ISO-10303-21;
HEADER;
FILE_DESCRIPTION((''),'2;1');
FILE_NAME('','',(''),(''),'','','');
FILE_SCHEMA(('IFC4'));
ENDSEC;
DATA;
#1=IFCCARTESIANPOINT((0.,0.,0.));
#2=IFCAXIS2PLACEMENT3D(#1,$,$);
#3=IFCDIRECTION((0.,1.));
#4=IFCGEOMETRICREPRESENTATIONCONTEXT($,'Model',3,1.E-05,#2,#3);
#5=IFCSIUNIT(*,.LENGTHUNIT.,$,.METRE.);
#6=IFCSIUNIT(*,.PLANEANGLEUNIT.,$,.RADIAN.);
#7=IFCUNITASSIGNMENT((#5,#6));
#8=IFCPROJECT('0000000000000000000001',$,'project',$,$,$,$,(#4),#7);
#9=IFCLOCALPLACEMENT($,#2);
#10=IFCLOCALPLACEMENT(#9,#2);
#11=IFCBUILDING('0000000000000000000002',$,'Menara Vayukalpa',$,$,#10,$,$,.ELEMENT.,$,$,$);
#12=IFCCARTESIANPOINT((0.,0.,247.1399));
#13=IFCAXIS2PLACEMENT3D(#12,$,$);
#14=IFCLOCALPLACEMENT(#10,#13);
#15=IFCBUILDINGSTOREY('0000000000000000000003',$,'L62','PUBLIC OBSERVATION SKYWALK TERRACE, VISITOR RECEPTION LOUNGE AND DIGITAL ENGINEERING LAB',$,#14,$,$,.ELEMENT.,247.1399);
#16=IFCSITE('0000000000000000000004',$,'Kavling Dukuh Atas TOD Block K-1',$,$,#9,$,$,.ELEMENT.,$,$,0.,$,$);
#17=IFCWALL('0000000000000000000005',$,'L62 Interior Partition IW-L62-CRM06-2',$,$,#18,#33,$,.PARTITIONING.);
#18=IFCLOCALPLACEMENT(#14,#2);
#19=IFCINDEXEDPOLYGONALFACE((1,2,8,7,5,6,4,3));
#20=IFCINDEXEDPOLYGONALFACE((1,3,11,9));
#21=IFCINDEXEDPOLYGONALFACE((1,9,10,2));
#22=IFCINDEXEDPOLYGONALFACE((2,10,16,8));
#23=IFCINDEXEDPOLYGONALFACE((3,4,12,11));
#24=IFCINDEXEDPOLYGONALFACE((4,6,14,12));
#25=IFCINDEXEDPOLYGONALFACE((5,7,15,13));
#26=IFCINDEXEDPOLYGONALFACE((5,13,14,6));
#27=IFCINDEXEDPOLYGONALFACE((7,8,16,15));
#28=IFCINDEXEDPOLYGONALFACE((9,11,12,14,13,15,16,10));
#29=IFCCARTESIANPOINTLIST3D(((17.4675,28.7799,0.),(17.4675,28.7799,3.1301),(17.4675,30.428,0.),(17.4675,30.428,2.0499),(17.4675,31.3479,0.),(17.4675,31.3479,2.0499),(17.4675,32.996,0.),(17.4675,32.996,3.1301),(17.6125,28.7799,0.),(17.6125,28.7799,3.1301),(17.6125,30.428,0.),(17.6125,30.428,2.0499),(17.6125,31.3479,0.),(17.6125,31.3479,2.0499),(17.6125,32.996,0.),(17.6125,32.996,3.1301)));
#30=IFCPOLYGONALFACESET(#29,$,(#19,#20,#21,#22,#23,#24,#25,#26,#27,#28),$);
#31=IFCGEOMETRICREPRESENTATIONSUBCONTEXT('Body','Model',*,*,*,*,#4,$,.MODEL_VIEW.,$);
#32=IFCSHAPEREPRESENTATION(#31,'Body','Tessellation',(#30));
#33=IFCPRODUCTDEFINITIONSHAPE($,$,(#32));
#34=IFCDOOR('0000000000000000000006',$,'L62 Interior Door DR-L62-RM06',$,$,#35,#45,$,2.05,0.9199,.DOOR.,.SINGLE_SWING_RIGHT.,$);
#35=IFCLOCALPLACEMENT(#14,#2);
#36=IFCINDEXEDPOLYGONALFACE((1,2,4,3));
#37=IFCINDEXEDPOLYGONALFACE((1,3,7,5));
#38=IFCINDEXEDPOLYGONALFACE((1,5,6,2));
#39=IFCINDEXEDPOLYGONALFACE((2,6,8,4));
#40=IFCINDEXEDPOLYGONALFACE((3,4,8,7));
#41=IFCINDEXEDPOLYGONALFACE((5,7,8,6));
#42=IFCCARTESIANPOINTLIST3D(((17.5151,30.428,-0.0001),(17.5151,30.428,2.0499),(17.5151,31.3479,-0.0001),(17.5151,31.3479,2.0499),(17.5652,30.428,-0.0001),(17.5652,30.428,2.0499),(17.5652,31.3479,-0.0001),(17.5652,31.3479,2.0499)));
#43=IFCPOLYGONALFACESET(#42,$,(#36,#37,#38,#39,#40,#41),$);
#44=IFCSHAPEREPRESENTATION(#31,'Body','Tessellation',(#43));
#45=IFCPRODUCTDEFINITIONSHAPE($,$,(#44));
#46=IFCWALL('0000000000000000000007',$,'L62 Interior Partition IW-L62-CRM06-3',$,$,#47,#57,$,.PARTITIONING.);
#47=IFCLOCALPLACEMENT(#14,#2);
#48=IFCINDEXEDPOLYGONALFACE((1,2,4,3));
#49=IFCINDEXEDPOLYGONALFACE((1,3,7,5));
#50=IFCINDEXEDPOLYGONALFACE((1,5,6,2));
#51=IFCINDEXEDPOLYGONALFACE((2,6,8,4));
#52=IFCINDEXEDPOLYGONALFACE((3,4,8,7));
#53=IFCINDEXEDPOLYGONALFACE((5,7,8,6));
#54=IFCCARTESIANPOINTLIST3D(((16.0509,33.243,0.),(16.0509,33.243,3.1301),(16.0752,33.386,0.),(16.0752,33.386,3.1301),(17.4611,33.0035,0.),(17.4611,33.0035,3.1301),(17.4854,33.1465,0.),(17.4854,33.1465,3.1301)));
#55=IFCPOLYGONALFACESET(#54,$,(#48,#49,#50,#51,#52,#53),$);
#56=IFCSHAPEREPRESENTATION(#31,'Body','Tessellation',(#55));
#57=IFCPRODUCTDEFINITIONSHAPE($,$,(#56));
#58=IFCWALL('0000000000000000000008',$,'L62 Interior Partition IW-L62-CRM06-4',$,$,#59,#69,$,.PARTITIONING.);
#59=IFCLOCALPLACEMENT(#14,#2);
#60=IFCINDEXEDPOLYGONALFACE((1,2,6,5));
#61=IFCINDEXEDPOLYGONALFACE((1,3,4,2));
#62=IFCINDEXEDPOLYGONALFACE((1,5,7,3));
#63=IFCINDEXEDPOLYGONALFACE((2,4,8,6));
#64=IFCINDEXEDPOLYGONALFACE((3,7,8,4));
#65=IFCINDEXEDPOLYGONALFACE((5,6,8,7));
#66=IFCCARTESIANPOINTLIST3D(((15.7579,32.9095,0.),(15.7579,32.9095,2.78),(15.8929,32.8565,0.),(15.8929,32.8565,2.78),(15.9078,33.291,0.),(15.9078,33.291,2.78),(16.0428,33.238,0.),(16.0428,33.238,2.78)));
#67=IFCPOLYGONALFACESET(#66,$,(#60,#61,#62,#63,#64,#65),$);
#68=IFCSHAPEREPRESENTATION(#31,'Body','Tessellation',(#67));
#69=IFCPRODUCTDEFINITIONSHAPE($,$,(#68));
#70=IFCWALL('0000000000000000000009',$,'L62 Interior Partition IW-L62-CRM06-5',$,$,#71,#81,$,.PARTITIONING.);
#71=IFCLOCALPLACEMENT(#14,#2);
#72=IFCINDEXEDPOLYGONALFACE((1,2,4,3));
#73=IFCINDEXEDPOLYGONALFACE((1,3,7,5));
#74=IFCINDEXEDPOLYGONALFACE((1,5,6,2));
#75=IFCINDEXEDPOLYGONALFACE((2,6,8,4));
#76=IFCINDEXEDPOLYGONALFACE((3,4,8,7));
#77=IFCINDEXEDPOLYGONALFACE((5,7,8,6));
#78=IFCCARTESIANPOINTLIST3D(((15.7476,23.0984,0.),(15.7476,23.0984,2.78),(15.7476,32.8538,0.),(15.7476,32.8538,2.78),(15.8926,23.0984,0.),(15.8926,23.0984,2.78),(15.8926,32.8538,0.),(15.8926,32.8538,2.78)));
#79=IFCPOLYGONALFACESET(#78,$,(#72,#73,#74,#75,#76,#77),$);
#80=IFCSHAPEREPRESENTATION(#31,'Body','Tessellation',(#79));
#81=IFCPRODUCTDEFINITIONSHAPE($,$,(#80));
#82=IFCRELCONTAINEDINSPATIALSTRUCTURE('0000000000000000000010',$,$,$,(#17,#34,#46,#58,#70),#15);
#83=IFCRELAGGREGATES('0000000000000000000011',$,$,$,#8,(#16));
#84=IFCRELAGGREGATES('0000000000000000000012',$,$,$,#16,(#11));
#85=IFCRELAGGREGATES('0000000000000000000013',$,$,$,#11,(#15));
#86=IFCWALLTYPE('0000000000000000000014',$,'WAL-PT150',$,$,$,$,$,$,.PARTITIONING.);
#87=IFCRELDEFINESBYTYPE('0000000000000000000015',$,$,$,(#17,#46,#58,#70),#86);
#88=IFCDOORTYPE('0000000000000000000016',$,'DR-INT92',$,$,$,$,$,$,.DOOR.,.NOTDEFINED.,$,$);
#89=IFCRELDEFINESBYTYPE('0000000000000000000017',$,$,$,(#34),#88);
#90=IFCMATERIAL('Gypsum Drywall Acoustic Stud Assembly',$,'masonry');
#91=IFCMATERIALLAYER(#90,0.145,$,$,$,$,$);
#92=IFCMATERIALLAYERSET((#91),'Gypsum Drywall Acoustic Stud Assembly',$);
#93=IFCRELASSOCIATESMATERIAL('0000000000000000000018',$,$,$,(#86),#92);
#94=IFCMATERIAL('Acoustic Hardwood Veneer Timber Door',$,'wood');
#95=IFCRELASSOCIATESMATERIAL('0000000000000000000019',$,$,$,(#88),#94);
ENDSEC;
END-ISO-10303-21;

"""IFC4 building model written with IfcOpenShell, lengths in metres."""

from ifc_helpers import new_model, si_unit, direction, frame, frame_2d, origin, place, context, subcontext, project, spatial, rectangle, extrude, material, layer, layer_set, type_object, element, fill, save


model = new_model("IFC4")

# Units and contexts
model_context = context("Model", 3, precision=1e-05, world=origin(), true_north=direction((0.0, 1.0)))
body_context = subcontext(model_context, "Body", "Model", "MODEL_VIEW")
ifc_project = project(units=[si_unit("LENGTHUNIT", "METRE"), si_unit("PLANEANGLEUNIT", "RADIAN")], contexts=[model_context])

# Site, building, storey
site_placement = place(None, origin())
site = spatial("IfcSite", under=ifc_project, at=site_placement, Name="Kavling Dukuh Atas TOD Block K-1", CompositionType="ELEMENT", RefElevation=0.0)
building_placement = place(site_placement, origin())
building = spatial("IfcBuilding", under=site, at=building_placement, Name="Menara Vayukalpa", CompositionType="ELEMENT")
storey_placement = place(building_placement, frame((0.0, 0.0, 247.1399)))
storey = spatial("IfcBuildingStorey", under=building, at=storey_placement, Name="L62", Description="PUBLIC OBSERVATION SKYWALK TERRACE, VISITOR RECEPTION LOUNGE AND DIGITAL ENGINEERING LAB", CompositionType="ELEMENT", Elevation=247.1399)

# Shared definitions
ifc_material_1 = material(Name="Gypsum Drywall Acoustic Stud Assembly", Category="masonry")
ifc_layer_1 = layer(ifc_material_1, 0.145)
ifc_layer_set_1 = layer_set([ifc_layer_1], Name="Gypsum Drywall Acoustic Stud Assembly")
wall_type_1 = type_object("IfcWallType", Name="WAL-PT150", PredefinedType="PARTITIONING", material=ifc_layer_set_1)

# Wall, opening, door
wall_1_placement = place(storey_placement, frame((17.54, 28.78, 0.0), z_axis=(0.0, 0.0, 1.0), x_axis=(0.0, 1.0, 0.0)))
wall_1 = element("IfcWall", 1, at=wall_1_placement, inside=storey, type_object=wall_type_1, Name="L62 Interior Partition IW-L62-CRM06-2", PredefinedType="PARTITIONING", context=body_context, shape_type="SweptSolid", body=[
    extrude(rectangle(XDim=4.2161, YDim=0.145, at=frame_2d((2.1079, 0.0))), origin(), (0.0, 0.0, 1.0), 3.1301),
])
opening_1_placement = place(wall_1_placement, frame((1.6479, 0.0, 0.0)))
opening_1 = element("IfcOpeningElement", 2, at=opening_1_placement, cuts=wall_1, PredefinedType="OPENING", context=body_context, shape_type="SweptSolid", body=[
    extrude(rectangle(XDim=0.9199, YDim=2.05, at=frame_2d((0.46, 1.0249))), frame((0.0, 0.0825, 0.0), z_axis=(0.0, -1.0, 0.0), x_axis=(1.0, 0.0, 0.0)), (0.0, 0.0, 1.0), 0.165),
])
ifc_material_2 = material(Name="Acoustic Hardwood Veneer Timber Door", Category="wood")
door_type_1 = type_object("IfcDoorType", Name="DR-INT92", OperationType="NOTDEFINED", PredefinedType="DOOR", material=ifc_material_2)
door_1_placement = place(opening_1_placement, origin())
door_1 = element("IfcDoor", 3, at=door_1_placement, inside=storey, type_object=door_type_1, Name="L62 Interior Door DR-L62-RM06", OperationType="SINGLE_SWING_RIGHT", OverallHeight=2.05, OverallWidth=0.9199, PredefinedType="DOOR", context=body_context, shape_type="SweptSolid", body=[
    extrude(rectangle(XDim=0.9199, YDim=2.05, at=frame_2d((0.46, 1.0249))), frame((0.0, 0.0249, 0.0), z_axis=(0.0, -1.0, 0.0), x_axis=(1.0, 0.0, 0.0)), (0.0, 0.0, 1.0), 0.05),
])
fill(opening_1, door_1)

# Walls
wall_2_placement = place(storey_placement, frame((17.4734, 33.075, 0.0), z_axis=(0.0, 0.0, 1.0), x_axis=(-0.985882, 0.167443, 0.0)))
element("IfcWall", 4, at=wall_2_placement, inside=storey, type_object=wall_type_1, Name="L62 Interior Partition IW-L62-CRM06-3", PredefinedType="PARTITIONING", context=body_context, shape_type="SweptSolid", body=[
    extrude(rectangle(XDim=1.4304, YDim=0.145, at=frame_2d((0.7153, 0.0))), origin(), (0.0, 0.0, 1.0), 3.1301),
])
wall_3_placement = place(storey_placement, frame((15.9753, 33.2646, 0.0), z_axis=(0.0, 0.0, 1.0), x_axis=(-0.365634, -0.930759, 0.0)))
element("IfcWall", 5, at=wall_3_placement, inside=storey, type_object=wall_type_1, Name="L62 Interior Partition IW-L62-CRM06-4", PredefinedType="PARTITIONING", context=body_context, shape_type="SweptSolid", body=[
    extrude(rectangle(XDim=0.4099, YDim=0.145, at=frame_2d((0.2051, 0.0))), origin(), (0.0, 0.0, 1.0), 2.78),
])
wall_4_placement = place(storey_placement, frame((15.8201, 32.8538, 0.0), z_axis=(0.0, 0.0, 1.0), x_axis=(0.0, -1.0, 0.0)))
element("IfcWall", 6, at=wall_4_placement, inside=storey, type_object=wall_type_1, Name="L62 Interior Partition IW-L62-CRM06-5", PredefinedType="PARTITIONING", context=body_context, shape_type="SweptSolid", body=[
    extrude(rectangle(XDim=9.7554, YDim=0.145, at=frame_2d((4.8777, 0.0))), origin(), (0.0, 0.0, 1.0), 2.78),
])

save(model, "model.ifc")
